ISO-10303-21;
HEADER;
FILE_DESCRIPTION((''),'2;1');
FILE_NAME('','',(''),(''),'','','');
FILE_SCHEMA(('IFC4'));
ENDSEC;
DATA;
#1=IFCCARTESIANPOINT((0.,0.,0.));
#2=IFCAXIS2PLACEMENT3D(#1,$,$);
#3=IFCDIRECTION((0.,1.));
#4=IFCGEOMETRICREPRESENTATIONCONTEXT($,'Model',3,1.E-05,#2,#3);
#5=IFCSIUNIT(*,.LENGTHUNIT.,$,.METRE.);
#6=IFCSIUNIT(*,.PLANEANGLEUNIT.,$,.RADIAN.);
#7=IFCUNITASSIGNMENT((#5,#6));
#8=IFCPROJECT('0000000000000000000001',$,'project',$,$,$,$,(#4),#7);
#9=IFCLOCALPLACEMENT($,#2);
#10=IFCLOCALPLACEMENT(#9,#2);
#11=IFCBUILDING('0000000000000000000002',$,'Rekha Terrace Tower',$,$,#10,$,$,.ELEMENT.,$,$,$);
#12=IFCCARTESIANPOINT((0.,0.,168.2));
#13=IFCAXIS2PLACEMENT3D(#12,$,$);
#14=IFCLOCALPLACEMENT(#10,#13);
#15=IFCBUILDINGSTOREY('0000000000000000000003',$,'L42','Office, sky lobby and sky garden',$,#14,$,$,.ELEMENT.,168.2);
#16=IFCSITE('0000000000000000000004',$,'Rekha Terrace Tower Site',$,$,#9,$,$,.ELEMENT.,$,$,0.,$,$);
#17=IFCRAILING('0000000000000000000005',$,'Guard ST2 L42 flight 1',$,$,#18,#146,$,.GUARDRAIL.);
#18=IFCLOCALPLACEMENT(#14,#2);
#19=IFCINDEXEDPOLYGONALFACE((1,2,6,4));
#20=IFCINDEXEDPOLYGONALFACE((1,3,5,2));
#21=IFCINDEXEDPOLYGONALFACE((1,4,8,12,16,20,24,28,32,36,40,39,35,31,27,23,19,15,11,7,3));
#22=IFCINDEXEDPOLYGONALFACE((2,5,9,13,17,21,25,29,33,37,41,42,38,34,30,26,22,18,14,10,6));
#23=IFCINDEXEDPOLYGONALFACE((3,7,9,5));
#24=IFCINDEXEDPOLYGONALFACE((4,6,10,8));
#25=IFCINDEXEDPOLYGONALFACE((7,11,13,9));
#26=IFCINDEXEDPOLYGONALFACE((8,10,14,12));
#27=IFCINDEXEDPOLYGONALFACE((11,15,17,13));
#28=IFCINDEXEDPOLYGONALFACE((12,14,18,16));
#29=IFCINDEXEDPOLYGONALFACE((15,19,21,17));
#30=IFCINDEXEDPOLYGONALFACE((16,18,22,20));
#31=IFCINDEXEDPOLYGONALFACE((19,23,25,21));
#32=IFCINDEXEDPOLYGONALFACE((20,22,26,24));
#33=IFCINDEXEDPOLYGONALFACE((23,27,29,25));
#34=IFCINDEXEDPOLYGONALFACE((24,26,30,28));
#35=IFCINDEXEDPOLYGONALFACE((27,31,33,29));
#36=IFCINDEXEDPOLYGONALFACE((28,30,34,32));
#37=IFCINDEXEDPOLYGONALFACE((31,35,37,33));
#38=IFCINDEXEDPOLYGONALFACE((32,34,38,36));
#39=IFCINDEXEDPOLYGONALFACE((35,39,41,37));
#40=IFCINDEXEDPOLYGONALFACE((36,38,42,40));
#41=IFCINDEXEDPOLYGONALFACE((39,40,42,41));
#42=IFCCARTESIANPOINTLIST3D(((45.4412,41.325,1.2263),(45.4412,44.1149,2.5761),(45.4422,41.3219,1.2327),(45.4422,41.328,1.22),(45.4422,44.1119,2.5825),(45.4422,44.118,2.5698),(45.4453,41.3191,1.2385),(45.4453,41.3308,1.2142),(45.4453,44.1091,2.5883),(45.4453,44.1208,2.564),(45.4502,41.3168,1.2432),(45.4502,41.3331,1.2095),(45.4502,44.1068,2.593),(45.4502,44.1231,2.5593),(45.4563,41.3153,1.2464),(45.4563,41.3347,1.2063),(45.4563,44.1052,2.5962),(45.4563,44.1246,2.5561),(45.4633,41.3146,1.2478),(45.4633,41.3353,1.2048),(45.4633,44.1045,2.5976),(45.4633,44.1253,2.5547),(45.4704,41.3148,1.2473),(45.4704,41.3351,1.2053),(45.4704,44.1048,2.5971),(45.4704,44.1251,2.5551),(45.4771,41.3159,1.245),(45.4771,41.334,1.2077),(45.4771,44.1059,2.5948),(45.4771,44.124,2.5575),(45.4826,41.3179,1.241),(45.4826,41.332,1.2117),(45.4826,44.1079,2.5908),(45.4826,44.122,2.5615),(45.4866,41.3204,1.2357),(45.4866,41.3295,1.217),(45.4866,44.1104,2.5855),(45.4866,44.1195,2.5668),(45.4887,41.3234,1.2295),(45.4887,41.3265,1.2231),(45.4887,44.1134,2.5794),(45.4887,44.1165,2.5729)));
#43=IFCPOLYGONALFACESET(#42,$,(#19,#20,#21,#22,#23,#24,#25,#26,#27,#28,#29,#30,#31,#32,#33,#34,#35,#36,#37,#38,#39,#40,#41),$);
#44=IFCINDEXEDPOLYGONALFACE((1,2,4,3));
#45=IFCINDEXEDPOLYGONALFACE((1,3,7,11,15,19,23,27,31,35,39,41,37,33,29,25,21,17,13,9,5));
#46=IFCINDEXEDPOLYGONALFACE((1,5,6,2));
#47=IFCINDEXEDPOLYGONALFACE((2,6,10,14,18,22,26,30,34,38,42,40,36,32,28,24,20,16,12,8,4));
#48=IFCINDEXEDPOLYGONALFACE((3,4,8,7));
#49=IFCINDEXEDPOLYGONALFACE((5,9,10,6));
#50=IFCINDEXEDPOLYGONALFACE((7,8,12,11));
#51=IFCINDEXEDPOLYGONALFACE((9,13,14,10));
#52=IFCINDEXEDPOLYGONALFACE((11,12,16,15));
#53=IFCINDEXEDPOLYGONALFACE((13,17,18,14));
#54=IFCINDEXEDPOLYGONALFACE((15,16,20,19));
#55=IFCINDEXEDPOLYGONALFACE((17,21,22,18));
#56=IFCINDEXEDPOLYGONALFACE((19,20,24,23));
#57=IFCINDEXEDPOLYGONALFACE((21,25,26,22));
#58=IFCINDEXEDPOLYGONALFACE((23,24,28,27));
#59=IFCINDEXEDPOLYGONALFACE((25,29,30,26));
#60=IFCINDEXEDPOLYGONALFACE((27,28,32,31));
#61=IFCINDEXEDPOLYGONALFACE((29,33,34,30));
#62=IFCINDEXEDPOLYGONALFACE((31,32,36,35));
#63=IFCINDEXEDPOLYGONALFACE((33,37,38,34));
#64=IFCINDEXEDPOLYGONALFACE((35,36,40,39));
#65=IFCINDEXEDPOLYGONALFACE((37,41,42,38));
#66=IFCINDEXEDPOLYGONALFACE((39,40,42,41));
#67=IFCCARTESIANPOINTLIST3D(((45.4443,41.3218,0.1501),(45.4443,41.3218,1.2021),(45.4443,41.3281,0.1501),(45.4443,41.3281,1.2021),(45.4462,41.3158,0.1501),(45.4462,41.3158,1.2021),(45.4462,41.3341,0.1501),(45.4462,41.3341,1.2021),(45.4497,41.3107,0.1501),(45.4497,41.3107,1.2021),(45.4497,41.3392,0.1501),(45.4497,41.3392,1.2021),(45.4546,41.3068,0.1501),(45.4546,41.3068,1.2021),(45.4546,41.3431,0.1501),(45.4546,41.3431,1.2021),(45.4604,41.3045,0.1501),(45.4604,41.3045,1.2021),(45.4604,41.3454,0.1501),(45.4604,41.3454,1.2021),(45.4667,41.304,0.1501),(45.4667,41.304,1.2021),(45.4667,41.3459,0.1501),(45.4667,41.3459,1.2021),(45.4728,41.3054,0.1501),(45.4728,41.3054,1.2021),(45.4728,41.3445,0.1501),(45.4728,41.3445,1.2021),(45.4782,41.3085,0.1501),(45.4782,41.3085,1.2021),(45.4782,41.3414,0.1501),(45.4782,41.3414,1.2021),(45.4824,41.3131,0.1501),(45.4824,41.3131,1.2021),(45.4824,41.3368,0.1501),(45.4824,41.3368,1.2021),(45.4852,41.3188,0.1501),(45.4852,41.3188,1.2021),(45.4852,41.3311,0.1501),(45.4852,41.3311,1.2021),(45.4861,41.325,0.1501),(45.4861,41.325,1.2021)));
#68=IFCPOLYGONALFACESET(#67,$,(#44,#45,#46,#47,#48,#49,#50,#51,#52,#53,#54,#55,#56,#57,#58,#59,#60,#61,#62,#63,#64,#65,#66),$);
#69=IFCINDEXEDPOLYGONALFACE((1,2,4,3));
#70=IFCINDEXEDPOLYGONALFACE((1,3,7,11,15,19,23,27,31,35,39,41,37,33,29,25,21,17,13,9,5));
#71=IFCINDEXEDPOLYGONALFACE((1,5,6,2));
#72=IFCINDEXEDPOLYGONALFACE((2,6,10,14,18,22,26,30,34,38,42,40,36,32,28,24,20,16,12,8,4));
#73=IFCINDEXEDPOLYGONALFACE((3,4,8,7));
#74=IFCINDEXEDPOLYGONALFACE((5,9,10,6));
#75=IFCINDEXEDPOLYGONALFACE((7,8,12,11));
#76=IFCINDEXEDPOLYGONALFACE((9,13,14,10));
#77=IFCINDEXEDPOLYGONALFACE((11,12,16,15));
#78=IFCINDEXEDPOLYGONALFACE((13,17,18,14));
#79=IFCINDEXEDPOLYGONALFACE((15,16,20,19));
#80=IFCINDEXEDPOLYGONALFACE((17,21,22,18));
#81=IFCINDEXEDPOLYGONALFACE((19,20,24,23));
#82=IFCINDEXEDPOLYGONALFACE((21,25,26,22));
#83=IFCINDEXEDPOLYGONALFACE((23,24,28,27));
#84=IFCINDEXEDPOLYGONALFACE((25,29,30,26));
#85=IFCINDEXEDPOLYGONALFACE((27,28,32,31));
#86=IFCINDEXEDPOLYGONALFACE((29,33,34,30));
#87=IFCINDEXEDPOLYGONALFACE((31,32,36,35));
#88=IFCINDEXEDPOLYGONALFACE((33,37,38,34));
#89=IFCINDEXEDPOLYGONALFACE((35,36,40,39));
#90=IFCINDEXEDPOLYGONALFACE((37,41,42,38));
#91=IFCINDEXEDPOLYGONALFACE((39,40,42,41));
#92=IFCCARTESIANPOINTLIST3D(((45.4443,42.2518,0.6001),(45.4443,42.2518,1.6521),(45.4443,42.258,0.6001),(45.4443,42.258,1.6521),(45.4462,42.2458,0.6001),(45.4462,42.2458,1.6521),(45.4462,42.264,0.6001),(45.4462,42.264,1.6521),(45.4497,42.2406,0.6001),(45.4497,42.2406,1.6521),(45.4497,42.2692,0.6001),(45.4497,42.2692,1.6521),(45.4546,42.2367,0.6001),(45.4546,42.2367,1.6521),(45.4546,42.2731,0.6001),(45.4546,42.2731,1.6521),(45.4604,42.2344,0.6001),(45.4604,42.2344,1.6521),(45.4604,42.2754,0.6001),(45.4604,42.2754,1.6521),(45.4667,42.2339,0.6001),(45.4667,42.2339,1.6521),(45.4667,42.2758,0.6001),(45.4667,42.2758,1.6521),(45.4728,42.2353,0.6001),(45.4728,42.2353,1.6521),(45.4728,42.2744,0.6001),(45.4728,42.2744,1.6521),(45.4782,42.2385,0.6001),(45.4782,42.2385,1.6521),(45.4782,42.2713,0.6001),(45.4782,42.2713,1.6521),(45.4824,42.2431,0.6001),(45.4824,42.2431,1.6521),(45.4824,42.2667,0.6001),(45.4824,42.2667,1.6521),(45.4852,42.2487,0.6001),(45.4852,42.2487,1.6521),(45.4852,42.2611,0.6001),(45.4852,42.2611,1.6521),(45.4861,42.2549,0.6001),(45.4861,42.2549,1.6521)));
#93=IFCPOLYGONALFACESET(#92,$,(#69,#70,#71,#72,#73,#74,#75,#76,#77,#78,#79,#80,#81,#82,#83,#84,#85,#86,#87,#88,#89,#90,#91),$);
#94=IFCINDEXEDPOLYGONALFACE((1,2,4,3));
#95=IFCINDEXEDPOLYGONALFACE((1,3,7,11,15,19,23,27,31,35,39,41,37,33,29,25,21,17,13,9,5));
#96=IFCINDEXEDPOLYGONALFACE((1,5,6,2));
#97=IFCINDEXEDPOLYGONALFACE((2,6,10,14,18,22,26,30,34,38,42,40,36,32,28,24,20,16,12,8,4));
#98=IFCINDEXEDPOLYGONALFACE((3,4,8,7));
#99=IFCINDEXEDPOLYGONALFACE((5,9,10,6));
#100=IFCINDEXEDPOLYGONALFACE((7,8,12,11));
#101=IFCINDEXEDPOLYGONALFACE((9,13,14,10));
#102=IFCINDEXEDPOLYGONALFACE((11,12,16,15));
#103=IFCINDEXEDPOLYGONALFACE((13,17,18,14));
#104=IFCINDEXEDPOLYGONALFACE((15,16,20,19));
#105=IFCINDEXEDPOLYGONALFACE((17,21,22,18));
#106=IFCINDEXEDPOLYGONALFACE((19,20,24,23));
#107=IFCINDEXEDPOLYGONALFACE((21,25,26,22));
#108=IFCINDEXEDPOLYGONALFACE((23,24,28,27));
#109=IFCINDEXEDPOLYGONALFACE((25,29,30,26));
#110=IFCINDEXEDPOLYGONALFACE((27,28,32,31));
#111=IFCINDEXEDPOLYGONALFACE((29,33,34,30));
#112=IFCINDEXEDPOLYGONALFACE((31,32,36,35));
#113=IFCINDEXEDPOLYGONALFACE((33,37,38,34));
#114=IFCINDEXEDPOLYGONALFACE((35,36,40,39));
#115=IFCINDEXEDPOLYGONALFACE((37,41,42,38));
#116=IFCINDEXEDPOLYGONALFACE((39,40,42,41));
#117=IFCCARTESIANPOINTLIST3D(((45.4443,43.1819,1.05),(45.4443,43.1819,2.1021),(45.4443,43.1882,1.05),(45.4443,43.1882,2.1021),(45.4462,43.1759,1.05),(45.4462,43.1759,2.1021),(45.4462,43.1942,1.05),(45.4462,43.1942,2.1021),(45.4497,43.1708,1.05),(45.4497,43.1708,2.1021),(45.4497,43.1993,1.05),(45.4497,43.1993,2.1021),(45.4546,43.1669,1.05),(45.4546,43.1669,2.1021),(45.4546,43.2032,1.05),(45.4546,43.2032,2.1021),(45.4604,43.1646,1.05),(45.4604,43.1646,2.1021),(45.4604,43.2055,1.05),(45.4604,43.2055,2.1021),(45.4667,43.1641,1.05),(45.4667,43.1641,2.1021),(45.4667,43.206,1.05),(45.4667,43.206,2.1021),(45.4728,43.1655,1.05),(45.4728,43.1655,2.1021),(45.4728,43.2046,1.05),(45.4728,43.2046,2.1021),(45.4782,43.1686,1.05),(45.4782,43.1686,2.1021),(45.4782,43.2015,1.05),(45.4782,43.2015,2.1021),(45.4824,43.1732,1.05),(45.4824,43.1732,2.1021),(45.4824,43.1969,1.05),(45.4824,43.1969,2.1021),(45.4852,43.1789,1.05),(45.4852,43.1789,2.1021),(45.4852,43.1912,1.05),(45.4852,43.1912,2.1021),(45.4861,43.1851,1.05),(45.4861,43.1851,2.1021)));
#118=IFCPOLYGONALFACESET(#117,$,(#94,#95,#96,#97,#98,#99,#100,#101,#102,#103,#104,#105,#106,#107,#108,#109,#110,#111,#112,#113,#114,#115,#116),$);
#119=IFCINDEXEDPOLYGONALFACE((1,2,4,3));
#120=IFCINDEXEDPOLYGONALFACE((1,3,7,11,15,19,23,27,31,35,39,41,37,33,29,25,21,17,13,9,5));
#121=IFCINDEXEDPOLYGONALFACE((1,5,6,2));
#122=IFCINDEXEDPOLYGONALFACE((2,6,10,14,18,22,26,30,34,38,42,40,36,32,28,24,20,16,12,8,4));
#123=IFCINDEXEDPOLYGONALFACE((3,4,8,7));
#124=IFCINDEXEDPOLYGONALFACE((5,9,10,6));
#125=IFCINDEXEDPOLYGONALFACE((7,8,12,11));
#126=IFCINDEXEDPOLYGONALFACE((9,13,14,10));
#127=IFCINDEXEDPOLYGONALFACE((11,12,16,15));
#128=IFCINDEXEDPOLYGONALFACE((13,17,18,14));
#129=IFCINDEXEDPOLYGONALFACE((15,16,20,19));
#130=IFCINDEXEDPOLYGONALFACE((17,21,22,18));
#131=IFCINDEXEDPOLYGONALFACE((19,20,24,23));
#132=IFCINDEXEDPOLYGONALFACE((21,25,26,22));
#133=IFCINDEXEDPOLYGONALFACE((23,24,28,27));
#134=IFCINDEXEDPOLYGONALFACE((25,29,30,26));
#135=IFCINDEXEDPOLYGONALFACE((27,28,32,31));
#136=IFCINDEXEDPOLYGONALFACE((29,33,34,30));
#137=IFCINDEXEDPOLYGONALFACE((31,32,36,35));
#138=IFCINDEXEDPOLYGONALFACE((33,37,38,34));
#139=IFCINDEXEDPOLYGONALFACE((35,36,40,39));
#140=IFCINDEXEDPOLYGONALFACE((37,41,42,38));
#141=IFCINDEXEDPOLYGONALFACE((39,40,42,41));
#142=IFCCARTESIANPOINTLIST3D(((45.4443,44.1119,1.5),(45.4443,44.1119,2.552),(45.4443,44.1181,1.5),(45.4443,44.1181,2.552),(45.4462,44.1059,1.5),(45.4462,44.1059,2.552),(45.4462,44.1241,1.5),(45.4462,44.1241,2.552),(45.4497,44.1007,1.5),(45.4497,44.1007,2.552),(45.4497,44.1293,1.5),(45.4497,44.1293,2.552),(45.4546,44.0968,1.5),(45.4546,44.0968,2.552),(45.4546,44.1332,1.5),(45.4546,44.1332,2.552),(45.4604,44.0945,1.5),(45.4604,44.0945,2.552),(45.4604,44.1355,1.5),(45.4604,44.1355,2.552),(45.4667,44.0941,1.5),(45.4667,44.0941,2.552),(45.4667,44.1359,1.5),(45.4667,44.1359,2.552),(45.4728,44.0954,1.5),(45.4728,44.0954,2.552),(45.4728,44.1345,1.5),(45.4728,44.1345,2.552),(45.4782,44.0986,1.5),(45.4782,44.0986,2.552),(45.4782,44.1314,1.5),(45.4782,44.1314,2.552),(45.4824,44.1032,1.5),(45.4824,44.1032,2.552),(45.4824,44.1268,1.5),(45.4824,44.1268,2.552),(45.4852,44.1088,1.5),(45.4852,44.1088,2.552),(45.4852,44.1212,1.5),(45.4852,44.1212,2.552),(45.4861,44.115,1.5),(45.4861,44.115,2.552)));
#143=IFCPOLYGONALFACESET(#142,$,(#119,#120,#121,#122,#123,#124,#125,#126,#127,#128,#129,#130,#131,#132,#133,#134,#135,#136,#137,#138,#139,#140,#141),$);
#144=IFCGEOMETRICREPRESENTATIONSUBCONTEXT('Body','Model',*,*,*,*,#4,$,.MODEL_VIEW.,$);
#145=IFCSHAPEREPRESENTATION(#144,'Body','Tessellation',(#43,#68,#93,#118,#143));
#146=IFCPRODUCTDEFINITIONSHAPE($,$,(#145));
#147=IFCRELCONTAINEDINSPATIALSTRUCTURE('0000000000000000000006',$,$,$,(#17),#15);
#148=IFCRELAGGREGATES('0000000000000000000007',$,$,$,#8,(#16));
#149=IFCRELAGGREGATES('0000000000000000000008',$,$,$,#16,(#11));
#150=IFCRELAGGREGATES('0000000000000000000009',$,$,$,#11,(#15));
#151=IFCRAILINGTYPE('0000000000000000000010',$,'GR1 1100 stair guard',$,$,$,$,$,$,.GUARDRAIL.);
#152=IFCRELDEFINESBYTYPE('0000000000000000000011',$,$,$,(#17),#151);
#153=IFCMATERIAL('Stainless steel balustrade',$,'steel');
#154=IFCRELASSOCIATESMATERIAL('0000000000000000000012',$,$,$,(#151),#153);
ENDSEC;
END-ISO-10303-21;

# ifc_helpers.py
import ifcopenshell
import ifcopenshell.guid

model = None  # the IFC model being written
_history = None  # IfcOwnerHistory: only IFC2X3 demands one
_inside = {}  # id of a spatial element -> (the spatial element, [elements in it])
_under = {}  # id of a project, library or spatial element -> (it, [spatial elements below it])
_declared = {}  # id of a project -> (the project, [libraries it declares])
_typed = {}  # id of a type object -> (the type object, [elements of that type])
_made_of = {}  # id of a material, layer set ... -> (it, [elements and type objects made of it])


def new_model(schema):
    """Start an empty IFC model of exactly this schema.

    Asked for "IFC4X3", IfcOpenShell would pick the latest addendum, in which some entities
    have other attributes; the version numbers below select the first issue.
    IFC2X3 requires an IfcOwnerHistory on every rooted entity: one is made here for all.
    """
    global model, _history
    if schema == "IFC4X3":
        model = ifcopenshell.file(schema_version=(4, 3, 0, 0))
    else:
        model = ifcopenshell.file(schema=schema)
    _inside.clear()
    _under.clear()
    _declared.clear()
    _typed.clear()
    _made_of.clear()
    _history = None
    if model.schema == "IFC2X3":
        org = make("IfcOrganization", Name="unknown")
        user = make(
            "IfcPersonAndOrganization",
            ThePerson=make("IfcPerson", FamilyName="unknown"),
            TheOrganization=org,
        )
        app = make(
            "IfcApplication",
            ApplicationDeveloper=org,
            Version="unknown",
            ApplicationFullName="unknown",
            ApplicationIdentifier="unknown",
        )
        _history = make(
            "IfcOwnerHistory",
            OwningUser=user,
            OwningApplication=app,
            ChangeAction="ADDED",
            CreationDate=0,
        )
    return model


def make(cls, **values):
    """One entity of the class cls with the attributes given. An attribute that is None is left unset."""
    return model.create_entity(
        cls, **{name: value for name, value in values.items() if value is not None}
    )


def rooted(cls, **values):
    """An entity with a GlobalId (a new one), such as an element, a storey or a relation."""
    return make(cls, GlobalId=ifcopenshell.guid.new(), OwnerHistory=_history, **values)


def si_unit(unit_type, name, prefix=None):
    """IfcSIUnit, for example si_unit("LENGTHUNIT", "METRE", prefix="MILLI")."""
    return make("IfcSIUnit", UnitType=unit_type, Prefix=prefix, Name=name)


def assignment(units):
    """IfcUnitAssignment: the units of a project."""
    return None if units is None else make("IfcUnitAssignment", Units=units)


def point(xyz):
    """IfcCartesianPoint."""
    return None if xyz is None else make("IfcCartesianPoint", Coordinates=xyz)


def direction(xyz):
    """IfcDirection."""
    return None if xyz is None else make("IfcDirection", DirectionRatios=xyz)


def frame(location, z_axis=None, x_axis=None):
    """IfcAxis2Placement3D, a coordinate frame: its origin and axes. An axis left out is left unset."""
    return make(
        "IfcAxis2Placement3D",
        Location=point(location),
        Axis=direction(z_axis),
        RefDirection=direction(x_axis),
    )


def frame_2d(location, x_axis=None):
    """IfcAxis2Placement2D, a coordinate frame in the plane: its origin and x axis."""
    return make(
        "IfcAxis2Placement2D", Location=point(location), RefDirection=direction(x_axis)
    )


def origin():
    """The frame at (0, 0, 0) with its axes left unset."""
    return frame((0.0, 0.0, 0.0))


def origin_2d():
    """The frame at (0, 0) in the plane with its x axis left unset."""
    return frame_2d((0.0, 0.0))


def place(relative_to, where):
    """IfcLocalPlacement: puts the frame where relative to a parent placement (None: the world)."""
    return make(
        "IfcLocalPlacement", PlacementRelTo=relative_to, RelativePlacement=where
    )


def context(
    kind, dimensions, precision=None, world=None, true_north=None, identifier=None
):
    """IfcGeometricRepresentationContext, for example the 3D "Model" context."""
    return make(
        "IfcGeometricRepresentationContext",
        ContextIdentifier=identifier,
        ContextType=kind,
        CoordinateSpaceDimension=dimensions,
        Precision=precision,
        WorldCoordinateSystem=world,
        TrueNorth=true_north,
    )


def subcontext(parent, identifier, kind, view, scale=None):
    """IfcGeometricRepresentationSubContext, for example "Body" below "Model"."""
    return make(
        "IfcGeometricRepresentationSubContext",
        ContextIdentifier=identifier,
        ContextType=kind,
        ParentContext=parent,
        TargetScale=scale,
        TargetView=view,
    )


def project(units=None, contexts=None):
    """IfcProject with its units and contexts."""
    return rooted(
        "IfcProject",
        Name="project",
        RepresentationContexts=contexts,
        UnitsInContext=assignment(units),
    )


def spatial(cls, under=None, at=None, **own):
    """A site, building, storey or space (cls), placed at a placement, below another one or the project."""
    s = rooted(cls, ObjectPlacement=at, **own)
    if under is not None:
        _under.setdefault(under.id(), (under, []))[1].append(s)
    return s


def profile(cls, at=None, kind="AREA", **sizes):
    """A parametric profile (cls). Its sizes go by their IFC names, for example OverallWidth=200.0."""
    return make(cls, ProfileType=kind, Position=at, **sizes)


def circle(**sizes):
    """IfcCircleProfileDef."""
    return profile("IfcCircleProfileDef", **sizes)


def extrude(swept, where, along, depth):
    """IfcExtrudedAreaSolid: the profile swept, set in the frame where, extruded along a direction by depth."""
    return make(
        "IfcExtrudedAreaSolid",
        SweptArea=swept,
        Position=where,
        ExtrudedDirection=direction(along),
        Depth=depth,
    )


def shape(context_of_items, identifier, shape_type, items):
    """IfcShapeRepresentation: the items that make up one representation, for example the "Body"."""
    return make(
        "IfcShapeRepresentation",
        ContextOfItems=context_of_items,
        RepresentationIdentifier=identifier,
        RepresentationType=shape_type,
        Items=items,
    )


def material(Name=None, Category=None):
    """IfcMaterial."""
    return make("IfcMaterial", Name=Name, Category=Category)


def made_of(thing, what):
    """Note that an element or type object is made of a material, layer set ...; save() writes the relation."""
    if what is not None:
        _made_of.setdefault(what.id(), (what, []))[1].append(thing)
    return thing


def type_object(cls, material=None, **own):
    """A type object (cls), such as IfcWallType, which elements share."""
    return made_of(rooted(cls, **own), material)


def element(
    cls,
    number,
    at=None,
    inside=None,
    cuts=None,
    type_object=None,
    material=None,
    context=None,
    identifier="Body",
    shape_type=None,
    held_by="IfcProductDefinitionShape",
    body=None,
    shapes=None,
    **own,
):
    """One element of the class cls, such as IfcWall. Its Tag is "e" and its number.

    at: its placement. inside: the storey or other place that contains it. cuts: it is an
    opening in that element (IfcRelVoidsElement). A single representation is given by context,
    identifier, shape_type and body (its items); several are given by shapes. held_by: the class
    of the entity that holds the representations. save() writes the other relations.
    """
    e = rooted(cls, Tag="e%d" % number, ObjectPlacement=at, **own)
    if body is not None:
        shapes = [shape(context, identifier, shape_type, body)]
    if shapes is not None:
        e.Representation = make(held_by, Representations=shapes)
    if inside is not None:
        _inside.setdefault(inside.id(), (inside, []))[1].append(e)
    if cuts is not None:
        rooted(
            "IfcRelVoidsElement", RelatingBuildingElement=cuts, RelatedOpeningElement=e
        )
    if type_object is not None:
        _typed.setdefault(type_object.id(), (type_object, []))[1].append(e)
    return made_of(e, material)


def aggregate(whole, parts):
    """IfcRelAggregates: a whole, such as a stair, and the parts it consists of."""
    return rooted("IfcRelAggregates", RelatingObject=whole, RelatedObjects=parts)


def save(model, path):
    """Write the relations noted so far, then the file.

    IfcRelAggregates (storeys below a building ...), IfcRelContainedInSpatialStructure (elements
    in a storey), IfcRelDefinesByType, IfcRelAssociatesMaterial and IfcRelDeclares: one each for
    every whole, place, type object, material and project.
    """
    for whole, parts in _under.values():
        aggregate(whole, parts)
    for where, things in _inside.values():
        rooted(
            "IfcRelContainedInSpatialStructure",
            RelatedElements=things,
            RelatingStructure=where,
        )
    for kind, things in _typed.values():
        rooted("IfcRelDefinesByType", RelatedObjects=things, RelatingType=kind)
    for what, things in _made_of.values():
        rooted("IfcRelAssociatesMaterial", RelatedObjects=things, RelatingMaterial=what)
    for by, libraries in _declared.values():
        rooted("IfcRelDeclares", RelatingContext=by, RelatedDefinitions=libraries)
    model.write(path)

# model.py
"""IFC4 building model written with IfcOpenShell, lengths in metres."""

from ifc_helpers import new_model, si_unit, direction, frame, origin, origin_2d, place, context, subcontext, project, spatial, circle, extrude, material, type_object, element, save


model = new_model("IFC4")

# Units and contexts
model_context = context("Model", 3, precision=1e-05, world=origin(), true_north=direction((0.0, 1.0)))
body_context = subcontext(model_context, "Body", "Model", "MODEL_VIEW")
ifc_project = project(units=[si_unit("LENGTHUNIT", "METRE"), si_unit("PLANEANGLEUNIT", "RADIAN")], contexts=[model_context])

# Site, building, storey
site_placement = place(None, origin())
site = spatial("IfcSite", under=ifc_project, at=site_placement, Name="Rekha Terrace Tower Site", CompositionType="ELEMENT", RefElevation=0.0)
building_placement = place(site_placement, origin())
building = spatial("IfcBuilding", under=site, at=building_placement, Name="Rekha Terrace Tower", CompositionType="ELEMENT")
storey_placement = place(building_placement, frame((0.0, 0.0, 168.2)))
storey = spatial("IfcBuildingStorey", under=building, at=storey_placement, Name="L42", Description="Office, sky lobby and sky garden", CompositionType="ELEMENT", Elevation=168.2)

# Railing
ifc_material_1 = material(Name="Stainless steel balustrade", Category="steel")
railing_type_1 = type_object("IfcRailingType", Name="GR1 1100 stair guard", PredefinedType="GUARDRAIL", material=ifc_material_1)
railing_1_placement = place(storey_placement, frame((45.4651, 41.325, 0.1501)))
element("IfcRailing", 1, at=railing_1_placement, inside=storey, type_object=railing_type_1, Name="Guard ST2 L42 flight 1", PredefinedType="GUARDRAIL", context=body_context, shape_type="SweptSolid", body=[
    extrude(circle(Radius=0.0239, at=origin_2d()), frame((0.0, 0.0, 1.0762), z_axis=(0.0, 0.90018, 0.435518), x_axis=(-1.0, 0.0, 0.0)), (0.0, 0.0, 1.0), 3.0994),
    extrude(circle(Radius=0.021, at=origin_2d()), origin(), (0.0, 0.0, 1.0), 1.052),
    extrude(circle(Radius=0.021, at=origin_2d()), frame((0.0, 0.9299, 0.45)), (0.0, 0.0, 1.0), 1.052),
    extrude(circle(Radius=0.021, at=origin_2d()), frame((0.0, 1.8601, 0.8999)), (0.0, 0.0, 1.0), 1.052),
    extrude(circle(Radius=0.021, at=origin_2d()), frame((0.0, 2.79, 1.3499)), (0.0, 0.0, 1.0), 1.052),
])

save(model, "model.ifc")
